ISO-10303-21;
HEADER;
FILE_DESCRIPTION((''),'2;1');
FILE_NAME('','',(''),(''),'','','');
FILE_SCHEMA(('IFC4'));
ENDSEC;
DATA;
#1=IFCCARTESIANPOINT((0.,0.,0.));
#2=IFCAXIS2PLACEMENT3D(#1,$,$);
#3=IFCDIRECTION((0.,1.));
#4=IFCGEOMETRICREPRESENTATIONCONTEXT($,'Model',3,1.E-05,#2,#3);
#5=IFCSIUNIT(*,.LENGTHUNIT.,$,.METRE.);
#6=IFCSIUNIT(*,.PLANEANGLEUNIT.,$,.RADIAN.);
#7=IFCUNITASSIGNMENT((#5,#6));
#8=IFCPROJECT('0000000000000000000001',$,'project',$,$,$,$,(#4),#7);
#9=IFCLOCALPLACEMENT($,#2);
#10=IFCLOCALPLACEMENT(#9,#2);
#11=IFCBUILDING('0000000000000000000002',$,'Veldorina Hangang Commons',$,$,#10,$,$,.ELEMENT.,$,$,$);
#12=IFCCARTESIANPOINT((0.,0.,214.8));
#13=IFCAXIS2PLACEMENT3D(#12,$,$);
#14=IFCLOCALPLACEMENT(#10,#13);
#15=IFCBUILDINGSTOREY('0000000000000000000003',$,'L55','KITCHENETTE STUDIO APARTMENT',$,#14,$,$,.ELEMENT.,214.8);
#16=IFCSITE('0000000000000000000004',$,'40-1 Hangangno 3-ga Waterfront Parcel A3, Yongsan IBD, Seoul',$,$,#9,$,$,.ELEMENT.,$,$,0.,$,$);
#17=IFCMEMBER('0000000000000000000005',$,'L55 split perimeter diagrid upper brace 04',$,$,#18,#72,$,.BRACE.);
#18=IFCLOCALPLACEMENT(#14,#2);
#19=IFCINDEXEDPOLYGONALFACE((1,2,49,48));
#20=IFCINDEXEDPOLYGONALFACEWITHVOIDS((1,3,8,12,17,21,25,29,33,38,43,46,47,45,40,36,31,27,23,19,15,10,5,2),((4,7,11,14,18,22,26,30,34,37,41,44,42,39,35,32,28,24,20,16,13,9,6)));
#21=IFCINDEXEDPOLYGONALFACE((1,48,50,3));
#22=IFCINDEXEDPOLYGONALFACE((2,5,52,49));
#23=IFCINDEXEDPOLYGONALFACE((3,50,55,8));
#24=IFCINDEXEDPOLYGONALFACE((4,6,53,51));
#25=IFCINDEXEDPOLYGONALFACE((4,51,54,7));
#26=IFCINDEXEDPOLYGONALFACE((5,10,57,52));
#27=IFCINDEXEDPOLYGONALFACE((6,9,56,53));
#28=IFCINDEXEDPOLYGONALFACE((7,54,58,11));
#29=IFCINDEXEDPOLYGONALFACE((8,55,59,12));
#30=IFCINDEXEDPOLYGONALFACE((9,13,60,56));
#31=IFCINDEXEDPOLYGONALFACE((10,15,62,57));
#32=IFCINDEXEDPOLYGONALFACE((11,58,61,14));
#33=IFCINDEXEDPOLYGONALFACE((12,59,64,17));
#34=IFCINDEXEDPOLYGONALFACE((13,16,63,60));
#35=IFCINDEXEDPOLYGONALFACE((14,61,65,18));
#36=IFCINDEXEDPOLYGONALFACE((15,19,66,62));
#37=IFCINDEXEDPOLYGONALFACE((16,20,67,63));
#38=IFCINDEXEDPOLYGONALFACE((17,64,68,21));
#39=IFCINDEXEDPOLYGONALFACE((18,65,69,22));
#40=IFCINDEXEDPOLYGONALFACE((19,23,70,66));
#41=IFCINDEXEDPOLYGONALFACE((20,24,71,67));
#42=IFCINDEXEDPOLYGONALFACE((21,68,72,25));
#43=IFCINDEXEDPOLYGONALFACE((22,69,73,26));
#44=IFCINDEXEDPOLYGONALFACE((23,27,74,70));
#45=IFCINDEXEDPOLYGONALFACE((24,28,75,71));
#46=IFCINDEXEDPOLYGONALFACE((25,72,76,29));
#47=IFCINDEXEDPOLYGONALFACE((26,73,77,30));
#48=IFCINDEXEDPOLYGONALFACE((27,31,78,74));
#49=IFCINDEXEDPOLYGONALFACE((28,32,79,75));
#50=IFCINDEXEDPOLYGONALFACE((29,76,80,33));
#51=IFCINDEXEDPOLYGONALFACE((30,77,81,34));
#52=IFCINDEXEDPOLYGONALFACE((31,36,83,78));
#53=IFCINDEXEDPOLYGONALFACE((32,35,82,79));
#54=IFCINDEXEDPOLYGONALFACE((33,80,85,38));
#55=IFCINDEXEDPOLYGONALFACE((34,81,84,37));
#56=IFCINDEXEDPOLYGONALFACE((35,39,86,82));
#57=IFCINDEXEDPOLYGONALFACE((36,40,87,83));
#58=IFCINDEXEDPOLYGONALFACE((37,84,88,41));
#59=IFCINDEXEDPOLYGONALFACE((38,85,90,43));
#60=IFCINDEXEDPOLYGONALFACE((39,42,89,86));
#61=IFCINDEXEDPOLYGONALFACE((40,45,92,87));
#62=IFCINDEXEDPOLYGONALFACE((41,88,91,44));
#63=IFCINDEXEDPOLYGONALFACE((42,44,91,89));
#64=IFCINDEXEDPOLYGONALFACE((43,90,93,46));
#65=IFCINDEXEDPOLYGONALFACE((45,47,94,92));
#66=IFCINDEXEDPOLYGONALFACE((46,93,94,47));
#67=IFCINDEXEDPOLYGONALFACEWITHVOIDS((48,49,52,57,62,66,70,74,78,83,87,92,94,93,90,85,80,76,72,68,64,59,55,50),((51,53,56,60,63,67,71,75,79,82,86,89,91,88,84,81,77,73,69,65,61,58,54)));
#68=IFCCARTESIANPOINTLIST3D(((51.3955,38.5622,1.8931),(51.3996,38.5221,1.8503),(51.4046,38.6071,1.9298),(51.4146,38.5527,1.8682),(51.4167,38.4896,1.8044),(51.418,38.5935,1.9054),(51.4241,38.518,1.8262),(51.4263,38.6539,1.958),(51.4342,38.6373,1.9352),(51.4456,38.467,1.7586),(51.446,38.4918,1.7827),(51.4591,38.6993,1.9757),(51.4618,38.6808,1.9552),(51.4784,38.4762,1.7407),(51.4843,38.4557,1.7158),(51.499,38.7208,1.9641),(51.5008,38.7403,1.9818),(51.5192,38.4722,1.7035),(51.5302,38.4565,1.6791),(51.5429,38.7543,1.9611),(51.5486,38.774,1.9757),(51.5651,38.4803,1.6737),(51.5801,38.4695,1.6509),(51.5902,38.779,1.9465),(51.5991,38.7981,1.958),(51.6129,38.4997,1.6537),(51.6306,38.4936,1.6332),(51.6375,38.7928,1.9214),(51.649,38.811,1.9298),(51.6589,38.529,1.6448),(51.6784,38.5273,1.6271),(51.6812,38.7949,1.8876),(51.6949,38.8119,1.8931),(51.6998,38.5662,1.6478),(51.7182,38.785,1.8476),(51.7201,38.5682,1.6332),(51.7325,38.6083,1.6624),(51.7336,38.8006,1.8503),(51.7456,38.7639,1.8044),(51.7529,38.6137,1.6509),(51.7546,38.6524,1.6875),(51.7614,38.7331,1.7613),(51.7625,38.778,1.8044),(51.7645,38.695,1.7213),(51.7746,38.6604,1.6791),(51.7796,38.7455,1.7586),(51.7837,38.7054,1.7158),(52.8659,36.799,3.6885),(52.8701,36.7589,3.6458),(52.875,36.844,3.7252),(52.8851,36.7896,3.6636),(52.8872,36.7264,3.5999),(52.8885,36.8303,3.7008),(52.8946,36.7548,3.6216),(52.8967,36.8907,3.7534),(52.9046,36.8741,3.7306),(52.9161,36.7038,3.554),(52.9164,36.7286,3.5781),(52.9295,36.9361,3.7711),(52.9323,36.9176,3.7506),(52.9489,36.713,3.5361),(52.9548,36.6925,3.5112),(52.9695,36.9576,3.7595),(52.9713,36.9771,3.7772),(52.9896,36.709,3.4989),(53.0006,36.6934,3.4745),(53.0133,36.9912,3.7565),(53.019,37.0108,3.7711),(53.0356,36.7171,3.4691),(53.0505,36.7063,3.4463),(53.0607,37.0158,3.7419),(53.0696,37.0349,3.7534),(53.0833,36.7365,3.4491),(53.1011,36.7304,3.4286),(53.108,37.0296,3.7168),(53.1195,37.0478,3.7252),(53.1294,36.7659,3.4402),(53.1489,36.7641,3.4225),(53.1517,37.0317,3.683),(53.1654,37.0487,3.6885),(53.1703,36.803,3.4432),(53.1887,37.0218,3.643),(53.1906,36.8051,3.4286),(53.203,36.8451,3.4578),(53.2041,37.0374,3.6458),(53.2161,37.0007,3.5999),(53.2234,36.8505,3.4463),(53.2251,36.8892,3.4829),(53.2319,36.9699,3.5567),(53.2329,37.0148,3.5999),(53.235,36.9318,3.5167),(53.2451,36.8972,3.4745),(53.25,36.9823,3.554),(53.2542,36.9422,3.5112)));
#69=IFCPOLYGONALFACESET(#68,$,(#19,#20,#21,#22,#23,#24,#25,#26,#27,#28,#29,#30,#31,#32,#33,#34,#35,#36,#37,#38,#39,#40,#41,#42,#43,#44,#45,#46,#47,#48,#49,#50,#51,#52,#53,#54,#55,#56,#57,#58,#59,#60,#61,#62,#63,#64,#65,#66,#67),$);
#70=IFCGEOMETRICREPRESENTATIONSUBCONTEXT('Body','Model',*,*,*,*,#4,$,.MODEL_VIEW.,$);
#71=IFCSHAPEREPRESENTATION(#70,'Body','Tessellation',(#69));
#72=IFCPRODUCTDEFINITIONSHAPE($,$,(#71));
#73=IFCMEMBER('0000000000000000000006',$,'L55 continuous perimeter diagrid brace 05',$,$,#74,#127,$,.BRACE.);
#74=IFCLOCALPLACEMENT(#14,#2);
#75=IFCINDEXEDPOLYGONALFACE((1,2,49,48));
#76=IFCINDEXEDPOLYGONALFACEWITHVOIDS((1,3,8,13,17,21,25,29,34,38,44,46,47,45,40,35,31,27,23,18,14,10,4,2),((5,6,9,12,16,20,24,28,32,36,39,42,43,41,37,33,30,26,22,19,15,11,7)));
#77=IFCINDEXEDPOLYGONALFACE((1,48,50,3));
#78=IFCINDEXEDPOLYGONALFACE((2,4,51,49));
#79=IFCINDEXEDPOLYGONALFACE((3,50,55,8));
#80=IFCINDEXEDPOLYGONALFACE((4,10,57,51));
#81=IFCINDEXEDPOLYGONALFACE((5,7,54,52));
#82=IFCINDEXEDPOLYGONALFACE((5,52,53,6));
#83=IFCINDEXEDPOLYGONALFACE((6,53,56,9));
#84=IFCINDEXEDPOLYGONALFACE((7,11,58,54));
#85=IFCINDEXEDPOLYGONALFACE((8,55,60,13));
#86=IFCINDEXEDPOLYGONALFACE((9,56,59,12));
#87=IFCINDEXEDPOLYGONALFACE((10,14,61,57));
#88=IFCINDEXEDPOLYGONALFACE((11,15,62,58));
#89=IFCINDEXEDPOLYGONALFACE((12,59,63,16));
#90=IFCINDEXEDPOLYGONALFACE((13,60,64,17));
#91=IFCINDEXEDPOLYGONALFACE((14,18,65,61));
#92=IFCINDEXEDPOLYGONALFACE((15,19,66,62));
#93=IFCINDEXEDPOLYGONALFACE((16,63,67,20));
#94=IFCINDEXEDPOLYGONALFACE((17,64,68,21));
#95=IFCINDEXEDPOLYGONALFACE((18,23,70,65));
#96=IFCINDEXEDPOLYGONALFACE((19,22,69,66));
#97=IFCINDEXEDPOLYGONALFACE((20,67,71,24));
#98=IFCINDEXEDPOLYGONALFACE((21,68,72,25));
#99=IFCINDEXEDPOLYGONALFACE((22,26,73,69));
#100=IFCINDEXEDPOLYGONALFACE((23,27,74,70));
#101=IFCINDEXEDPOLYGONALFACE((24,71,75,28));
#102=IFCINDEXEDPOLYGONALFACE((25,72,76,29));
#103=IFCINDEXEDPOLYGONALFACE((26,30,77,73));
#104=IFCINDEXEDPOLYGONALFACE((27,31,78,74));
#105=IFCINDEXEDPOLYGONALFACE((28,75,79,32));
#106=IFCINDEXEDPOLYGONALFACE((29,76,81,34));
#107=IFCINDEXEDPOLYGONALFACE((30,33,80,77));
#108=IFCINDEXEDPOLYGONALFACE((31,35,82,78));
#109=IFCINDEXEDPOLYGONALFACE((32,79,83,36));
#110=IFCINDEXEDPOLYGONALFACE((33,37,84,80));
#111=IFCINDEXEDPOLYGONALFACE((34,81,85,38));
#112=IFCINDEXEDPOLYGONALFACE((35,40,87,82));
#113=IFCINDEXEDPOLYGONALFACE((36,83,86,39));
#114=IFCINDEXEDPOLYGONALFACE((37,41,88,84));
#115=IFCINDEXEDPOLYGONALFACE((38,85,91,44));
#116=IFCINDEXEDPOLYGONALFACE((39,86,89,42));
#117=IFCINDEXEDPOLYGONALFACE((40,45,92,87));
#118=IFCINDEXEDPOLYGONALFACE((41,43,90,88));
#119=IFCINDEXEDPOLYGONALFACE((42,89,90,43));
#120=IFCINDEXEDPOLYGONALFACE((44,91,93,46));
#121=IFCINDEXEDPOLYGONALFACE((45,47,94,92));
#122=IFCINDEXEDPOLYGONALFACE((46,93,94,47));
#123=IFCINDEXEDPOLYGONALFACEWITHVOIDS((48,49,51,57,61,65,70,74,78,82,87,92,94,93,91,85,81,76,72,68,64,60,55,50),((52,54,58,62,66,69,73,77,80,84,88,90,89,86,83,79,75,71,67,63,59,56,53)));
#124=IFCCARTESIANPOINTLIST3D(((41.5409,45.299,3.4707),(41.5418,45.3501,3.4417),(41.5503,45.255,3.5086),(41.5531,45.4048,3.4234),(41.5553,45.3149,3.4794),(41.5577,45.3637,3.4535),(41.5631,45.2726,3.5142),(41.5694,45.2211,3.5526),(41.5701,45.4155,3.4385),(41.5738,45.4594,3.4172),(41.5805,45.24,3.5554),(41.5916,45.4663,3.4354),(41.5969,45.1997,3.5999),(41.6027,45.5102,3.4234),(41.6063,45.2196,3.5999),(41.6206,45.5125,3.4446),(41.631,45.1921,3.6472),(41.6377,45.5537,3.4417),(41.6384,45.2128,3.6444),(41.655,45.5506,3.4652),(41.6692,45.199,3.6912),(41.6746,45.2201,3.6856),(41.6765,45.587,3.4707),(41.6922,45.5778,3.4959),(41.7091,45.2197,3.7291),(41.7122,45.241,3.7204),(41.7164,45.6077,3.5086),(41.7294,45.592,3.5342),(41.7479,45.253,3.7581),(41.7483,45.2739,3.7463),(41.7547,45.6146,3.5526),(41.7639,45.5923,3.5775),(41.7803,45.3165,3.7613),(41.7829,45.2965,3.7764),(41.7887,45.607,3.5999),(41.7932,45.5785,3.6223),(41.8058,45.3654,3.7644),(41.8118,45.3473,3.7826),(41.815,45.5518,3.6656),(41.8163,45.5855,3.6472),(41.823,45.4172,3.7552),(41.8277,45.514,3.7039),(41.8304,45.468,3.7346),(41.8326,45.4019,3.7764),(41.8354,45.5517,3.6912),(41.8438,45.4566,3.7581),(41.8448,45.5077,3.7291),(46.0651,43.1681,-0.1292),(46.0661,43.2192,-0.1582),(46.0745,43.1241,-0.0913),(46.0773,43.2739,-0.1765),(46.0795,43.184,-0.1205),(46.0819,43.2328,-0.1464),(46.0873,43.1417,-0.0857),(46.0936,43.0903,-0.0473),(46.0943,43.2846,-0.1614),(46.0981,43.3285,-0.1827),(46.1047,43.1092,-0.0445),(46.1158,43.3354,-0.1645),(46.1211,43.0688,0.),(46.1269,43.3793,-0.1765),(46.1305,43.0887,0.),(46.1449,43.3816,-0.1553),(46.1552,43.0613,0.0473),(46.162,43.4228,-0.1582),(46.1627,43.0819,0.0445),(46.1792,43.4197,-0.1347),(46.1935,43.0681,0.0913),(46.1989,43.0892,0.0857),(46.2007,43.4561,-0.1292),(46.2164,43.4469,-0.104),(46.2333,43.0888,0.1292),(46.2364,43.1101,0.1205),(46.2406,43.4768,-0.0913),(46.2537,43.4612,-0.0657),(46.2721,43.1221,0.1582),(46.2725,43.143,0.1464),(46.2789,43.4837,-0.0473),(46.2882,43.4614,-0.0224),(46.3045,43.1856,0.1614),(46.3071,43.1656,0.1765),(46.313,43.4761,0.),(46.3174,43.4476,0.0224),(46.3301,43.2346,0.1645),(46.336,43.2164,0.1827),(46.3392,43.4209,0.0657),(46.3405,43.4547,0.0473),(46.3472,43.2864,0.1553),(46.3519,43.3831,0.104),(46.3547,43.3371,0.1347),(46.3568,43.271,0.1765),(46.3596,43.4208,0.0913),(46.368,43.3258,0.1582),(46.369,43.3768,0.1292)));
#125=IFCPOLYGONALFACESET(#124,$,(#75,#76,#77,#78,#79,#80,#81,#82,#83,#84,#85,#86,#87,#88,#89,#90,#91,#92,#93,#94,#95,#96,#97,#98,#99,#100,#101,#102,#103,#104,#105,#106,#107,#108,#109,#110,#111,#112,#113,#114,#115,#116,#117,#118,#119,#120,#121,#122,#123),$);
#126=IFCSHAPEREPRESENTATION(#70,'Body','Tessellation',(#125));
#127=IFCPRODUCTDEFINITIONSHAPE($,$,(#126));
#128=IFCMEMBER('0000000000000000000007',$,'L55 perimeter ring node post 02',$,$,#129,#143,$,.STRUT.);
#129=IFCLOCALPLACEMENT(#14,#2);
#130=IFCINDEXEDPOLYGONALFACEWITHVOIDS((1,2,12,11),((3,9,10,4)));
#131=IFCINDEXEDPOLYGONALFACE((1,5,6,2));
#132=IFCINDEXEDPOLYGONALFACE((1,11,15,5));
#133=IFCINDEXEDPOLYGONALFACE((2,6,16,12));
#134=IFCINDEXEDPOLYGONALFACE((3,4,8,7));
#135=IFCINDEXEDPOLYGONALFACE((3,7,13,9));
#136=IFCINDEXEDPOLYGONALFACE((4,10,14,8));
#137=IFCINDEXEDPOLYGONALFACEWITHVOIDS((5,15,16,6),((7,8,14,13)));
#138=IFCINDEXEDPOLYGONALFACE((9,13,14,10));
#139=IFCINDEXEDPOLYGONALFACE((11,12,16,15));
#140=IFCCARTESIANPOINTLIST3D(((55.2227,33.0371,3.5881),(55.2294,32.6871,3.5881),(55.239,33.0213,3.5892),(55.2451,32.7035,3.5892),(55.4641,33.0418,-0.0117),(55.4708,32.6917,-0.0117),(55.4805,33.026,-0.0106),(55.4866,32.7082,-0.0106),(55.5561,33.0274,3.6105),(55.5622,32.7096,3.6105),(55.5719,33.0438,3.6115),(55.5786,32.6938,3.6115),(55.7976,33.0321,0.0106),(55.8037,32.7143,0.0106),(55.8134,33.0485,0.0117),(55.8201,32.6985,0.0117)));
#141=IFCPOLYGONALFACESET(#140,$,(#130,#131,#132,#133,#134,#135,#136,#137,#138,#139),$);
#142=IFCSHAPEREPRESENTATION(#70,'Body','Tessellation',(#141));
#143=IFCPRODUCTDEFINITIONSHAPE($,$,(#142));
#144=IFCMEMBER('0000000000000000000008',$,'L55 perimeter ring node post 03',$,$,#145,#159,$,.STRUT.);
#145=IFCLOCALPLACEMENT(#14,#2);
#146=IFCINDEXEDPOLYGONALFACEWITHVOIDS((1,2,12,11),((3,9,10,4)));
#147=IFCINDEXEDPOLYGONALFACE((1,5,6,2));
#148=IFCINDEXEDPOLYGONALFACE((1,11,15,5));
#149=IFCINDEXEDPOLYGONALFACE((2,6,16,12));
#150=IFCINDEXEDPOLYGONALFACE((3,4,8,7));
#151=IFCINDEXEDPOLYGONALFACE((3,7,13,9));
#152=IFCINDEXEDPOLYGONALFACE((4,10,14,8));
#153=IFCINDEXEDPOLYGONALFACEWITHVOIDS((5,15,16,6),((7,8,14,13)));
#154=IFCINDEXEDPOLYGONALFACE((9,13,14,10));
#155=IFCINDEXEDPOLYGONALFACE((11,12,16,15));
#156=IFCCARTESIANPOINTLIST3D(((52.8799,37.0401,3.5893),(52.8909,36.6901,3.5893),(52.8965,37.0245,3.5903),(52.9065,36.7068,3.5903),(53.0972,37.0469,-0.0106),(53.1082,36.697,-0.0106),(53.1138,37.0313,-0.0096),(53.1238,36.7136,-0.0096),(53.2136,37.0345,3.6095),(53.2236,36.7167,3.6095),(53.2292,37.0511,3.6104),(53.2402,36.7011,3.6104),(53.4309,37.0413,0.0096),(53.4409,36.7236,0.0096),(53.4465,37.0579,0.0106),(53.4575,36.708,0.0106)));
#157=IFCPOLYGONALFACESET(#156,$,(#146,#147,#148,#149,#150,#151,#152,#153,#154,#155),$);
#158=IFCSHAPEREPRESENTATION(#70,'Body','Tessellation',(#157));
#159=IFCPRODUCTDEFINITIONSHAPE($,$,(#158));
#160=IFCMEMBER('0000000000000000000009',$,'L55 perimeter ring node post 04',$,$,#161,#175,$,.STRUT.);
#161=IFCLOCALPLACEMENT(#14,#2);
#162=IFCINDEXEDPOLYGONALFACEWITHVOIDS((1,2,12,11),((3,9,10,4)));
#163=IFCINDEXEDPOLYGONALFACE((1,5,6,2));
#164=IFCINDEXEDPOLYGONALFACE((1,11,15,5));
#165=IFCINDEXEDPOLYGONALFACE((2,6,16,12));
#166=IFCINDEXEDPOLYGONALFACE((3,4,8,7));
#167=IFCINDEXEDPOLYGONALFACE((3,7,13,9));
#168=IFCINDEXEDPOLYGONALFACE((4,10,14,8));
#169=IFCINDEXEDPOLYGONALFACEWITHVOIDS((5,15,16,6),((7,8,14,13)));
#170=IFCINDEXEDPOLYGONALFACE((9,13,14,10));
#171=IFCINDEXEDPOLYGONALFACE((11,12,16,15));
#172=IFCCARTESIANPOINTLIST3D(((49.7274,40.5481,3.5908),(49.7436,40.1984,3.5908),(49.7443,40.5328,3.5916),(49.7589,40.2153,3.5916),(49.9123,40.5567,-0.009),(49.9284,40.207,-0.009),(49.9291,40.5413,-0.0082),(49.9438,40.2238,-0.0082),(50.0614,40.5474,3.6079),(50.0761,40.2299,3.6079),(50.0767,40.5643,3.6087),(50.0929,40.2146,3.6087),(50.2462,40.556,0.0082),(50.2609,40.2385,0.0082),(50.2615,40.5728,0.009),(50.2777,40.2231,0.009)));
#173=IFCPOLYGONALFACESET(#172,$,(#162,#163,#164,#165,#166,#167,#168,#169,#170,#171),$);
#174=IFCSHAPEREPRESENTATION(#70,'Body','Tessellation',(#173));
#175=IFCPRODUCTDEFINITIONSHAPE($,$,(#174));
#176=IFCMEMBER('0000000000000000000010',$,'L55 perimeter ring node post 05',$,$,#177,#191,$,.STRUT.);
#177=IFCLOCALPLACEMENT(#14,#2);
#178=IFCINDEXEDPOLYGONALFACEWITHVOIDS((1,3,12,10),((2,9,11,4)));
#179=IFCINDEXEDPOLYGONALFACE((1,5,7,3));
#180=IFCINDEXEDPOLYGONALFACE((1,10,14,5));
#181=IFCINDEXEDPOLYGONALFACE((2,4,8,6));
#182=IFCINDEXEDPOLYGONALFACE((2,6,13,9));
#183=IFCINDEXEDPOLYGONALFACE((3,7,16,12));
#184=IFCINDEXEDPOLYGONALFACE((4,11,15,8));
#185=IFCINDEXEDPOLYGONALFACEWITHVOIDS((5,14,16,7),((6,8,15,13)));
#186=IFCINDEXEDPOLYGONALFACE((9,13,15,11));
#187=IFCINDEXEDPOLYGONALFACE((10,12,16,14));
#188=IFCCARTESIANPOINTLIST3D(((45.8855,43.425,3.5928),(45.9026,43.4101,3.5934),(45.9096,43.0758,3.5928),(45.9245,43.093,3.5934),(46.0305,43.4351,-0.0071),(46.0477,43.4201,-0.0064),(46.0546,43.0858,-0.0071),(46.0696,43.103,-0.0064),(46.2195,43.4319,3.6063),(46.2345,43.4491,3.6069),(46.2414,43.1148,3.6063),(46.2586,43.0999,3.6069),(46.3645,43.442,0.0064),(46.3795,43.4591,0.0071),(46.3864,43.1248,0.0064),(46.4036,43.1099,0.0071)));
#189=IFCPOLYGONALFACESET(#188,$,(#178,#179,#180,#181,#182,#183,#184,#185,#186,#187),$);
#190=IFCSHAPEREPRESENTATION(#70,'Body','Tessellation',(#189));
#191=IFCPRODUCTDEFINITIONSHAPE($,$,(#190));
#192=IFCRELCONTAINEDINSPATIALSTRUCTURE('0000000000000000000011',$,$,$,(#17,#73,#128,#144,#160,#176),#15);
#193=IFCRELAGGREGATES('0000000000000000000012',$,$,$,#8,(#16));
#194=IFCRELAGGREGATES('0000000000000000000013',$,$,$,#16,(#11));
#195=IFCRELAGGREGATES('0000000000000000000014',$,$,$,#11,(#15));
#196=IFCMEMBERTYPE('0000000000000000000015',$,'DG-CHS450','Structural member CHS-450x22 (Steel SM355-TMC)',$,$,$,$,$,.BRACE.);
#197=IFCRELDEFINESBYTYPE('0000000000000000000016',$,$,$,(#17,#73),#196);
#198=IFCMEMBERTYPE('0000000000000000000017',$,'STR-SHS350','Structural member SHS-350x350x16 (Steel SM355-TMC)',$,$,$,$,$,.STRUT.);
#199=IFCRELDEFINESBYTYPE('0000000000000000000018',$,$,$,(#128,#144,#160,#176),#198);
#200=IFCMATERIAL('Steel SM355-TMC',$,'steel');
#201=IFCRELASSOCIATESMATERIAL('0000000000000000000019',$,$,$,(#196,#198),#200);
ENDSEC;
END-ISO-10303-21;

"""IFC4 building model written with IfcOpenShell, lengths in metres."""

from ifc_helpers import new_model, si_unit, direction, frame, origin, origin_2d, place, context, subcontext, project, spatial, hollow_rectangle, hollow_circle, extrude, material, material_profile, profile_set, type_object, element, save


model = new_model("IFC4")

# Units and contexts
model_context = context("Model", 3, precision=1e-05, world=origin(), true_north=direction((0.0, 1.0)))
body_context = subcontext(model_context, "Body", "Model", "MODEL_VIEW")
ifc_project = project(units=[si_unit("LENGTHUNIT", "METRE"), si_unit("PLANEANGLEUNIT", "RADIAN")], contexts=[model_context])

# Site, building, storey
site_placement = place(None, origin())
site = spatial("IfcSite", under=ifc_project, at=site_placement, Name="40-1 Hangangno 3-ga Waterfront Parcel A3, Yongsan IBD, Seoul", CompositionType="ELEMENT", RefElevation=0.0)
building_placement = place(site_placement, origin())
building = spatial("IfcBuilding", under=site, at=building_placement, Name="Veldorina Hangang Commons", CompositionType="ELEMENT")
storey_placement = place(building_placement, frame((0.0, 0.0, 214.8)))
storey = spatial("IfcBuildingStorey", under=building, at=storey_placement, Name="L55", Description="KITCHENETTE STUDIO APARTMENT", CompositionType="ELEMENT", Elevation=214.8)

# Shared definitions
ifc_material_1 = material(Name="Steel SM355-TMC", Category="steel")

# Members
ifc_material_profile_1 = material_profile(ifc_material_1, hollow_circle(Radius=0.2251, WallThickness=0.022, at=origin_2d()), Name="CHS-450x22")
ifc_profile_set_1 = profile_set([ifc_material_profile_1], Name="Steel SM355-TMC")
member_type_1 = type_object("IfcMemberType", Name="DG-CHS450", Description="Structural member CHS-450x22 (Steel SM355-TMC)", PredefinedType="BRACE", material=ifc_profile_set_1)
member_1_placement = place(storey_placement, frame((51.5896, 38.6338, 1.8044), z_axis=(0.504525, -0.60496, 0.616018), x_axis=(0.767977, 0.640477, 0.0)))
element("IfcMember", 1, at=member_1_placement, inside=storey, type_object=member_type_1, Name="L55 split perimeter diagrid upper brace 04", PredefinedType="BRACE", context=body_context, shape_type="SweptSolid", body=[
    extrude(hollow_circle(Radius=0.2251, WallThickness=0.022, at=origin_2d()), origin(), (0.0, 0.0, 1.0), 2.9146),
])
member_2_placement = place(storey_placement, frame((46.217, 43.2725, 0.0), z_axis=(-0.73423, 0.345818, 0.584222), x_axis=(-0.426098, -0.904677, 0.0)))
element("IfcMember", 2, at=member_2_placement, inside=storey, type_object=member_type_1, Name="L55 continuous perimeter diagrid brace 05", PredefinedType="BRACE", context=body_context, shape_type="SweptSolid", body=[
    extrude(hollow_circle(Radius=0.2251, WallThickness=0.022, at=origin_2d()), origin(), (0.0, 0.0, 1.0), 6.1619),
])
ifc_material_profile_2 = material_profile(ifc_material_1, hollow_rectangle(XDim=0.3501, YDim=0.3501, WallThickness=0.0161, at=origin_2d()), Name="SHS-350x350x16")
ifc_profile_set_2 = profile_set([ifc_material_profile_2], Name="Steel SM355-TMC")
member_type_2 = type_object("IfcMemberType", Name="STR-SHS350", Description="Structural member SHS-350x350x16 (Steel SM355-TMC)", PredefinedType="STRUT", material=ifc_profile_set_2)
member_3_placement = place(storey_placement, frame((55.6421, 32.8701, 0.0), z_axis=(-0.066923, -0.001286, 0.997757), x_axis=(0.019208, -0.999816, 0.0)))
element("IfcMember", 3, at=member_3_placement, inside=storey, type_object=member_type_2, Name="L55 perimeter ring node post 02", PredefinedType="STRUT", context=body_context, shape_type="SweptSolid", body=[
    extrude(hollow_rectangle(XDim=0.3501, YDim=0.3501, WallThickness=0.0161, at=origin_2d()), origin(), (0.0, 0.0, 1.0), 3.6079),
])
member_4_placement = place(storey_placement, frame((53.2773, 36.8774, 0.0), z_axis=(-0.06025, -0.001895, 0.998182), x_axis=(0.031445, -0.999505, 0.0)))
element("IfcMember", 4, at=member_4_placement, inside=storey, type_object=member_type_2, Name="L55 perimeter ring node post 03", PredefinedType="STRUT", context=body_context, shape_type="SweptSolid", body=[
    extrude(hollow_rectangle(XDim=0.3501, YDim=0.3501, WallThickness=0.0161, at=origin_2d()), origin(), (0.0, 0.0, 1.0), 3.6064),
])
member_5_placement = place(storey_placement, frame((50.095, 40.3899, 0.0), z_axis=(-0.051272, -0.002371, 0.998682), x_axis=(0.046186, -0.998933, 0.0)))
element("IfcMember", 5, at=member_5_placement, inside=storey, type_object=member_type_2, Name="L55 perimeter ring node post 04", PredefinedType="STRUT", context=body_context, shape_type="SweptSolid", body=[
    extrude(hollow_rectangle(XDim=0.3501, YDim=0.3501, WallThickness=0.0161, at=origin_2d()), origin(), (0.0, 0.0, 1.0), 3.6045),
])
member_6_placement = place(storey_placement, frame((46.217, 43.2725, 0.0), z_axis=(-0.040252, -0.002778, 0.999186), x_axis=(0.06886, -0.997626, 0.0)))
element("IfcMember", 6, at=member_6_placement, inside=storey, type_object=member_type_2, Name="L55 perimeter ring node post 05", PredefinedType="STRUT", context=body_context, shape_type="SweptSolid", body=[
    extrude(hollow_rectangle(XDim=0.3501, YDim=0.3501, WallThickness=0.0161, at=origin_2d()), origin(), (0.0, 0.0, 1.0), 3.6028),
])

save(model, "model.ifc")
